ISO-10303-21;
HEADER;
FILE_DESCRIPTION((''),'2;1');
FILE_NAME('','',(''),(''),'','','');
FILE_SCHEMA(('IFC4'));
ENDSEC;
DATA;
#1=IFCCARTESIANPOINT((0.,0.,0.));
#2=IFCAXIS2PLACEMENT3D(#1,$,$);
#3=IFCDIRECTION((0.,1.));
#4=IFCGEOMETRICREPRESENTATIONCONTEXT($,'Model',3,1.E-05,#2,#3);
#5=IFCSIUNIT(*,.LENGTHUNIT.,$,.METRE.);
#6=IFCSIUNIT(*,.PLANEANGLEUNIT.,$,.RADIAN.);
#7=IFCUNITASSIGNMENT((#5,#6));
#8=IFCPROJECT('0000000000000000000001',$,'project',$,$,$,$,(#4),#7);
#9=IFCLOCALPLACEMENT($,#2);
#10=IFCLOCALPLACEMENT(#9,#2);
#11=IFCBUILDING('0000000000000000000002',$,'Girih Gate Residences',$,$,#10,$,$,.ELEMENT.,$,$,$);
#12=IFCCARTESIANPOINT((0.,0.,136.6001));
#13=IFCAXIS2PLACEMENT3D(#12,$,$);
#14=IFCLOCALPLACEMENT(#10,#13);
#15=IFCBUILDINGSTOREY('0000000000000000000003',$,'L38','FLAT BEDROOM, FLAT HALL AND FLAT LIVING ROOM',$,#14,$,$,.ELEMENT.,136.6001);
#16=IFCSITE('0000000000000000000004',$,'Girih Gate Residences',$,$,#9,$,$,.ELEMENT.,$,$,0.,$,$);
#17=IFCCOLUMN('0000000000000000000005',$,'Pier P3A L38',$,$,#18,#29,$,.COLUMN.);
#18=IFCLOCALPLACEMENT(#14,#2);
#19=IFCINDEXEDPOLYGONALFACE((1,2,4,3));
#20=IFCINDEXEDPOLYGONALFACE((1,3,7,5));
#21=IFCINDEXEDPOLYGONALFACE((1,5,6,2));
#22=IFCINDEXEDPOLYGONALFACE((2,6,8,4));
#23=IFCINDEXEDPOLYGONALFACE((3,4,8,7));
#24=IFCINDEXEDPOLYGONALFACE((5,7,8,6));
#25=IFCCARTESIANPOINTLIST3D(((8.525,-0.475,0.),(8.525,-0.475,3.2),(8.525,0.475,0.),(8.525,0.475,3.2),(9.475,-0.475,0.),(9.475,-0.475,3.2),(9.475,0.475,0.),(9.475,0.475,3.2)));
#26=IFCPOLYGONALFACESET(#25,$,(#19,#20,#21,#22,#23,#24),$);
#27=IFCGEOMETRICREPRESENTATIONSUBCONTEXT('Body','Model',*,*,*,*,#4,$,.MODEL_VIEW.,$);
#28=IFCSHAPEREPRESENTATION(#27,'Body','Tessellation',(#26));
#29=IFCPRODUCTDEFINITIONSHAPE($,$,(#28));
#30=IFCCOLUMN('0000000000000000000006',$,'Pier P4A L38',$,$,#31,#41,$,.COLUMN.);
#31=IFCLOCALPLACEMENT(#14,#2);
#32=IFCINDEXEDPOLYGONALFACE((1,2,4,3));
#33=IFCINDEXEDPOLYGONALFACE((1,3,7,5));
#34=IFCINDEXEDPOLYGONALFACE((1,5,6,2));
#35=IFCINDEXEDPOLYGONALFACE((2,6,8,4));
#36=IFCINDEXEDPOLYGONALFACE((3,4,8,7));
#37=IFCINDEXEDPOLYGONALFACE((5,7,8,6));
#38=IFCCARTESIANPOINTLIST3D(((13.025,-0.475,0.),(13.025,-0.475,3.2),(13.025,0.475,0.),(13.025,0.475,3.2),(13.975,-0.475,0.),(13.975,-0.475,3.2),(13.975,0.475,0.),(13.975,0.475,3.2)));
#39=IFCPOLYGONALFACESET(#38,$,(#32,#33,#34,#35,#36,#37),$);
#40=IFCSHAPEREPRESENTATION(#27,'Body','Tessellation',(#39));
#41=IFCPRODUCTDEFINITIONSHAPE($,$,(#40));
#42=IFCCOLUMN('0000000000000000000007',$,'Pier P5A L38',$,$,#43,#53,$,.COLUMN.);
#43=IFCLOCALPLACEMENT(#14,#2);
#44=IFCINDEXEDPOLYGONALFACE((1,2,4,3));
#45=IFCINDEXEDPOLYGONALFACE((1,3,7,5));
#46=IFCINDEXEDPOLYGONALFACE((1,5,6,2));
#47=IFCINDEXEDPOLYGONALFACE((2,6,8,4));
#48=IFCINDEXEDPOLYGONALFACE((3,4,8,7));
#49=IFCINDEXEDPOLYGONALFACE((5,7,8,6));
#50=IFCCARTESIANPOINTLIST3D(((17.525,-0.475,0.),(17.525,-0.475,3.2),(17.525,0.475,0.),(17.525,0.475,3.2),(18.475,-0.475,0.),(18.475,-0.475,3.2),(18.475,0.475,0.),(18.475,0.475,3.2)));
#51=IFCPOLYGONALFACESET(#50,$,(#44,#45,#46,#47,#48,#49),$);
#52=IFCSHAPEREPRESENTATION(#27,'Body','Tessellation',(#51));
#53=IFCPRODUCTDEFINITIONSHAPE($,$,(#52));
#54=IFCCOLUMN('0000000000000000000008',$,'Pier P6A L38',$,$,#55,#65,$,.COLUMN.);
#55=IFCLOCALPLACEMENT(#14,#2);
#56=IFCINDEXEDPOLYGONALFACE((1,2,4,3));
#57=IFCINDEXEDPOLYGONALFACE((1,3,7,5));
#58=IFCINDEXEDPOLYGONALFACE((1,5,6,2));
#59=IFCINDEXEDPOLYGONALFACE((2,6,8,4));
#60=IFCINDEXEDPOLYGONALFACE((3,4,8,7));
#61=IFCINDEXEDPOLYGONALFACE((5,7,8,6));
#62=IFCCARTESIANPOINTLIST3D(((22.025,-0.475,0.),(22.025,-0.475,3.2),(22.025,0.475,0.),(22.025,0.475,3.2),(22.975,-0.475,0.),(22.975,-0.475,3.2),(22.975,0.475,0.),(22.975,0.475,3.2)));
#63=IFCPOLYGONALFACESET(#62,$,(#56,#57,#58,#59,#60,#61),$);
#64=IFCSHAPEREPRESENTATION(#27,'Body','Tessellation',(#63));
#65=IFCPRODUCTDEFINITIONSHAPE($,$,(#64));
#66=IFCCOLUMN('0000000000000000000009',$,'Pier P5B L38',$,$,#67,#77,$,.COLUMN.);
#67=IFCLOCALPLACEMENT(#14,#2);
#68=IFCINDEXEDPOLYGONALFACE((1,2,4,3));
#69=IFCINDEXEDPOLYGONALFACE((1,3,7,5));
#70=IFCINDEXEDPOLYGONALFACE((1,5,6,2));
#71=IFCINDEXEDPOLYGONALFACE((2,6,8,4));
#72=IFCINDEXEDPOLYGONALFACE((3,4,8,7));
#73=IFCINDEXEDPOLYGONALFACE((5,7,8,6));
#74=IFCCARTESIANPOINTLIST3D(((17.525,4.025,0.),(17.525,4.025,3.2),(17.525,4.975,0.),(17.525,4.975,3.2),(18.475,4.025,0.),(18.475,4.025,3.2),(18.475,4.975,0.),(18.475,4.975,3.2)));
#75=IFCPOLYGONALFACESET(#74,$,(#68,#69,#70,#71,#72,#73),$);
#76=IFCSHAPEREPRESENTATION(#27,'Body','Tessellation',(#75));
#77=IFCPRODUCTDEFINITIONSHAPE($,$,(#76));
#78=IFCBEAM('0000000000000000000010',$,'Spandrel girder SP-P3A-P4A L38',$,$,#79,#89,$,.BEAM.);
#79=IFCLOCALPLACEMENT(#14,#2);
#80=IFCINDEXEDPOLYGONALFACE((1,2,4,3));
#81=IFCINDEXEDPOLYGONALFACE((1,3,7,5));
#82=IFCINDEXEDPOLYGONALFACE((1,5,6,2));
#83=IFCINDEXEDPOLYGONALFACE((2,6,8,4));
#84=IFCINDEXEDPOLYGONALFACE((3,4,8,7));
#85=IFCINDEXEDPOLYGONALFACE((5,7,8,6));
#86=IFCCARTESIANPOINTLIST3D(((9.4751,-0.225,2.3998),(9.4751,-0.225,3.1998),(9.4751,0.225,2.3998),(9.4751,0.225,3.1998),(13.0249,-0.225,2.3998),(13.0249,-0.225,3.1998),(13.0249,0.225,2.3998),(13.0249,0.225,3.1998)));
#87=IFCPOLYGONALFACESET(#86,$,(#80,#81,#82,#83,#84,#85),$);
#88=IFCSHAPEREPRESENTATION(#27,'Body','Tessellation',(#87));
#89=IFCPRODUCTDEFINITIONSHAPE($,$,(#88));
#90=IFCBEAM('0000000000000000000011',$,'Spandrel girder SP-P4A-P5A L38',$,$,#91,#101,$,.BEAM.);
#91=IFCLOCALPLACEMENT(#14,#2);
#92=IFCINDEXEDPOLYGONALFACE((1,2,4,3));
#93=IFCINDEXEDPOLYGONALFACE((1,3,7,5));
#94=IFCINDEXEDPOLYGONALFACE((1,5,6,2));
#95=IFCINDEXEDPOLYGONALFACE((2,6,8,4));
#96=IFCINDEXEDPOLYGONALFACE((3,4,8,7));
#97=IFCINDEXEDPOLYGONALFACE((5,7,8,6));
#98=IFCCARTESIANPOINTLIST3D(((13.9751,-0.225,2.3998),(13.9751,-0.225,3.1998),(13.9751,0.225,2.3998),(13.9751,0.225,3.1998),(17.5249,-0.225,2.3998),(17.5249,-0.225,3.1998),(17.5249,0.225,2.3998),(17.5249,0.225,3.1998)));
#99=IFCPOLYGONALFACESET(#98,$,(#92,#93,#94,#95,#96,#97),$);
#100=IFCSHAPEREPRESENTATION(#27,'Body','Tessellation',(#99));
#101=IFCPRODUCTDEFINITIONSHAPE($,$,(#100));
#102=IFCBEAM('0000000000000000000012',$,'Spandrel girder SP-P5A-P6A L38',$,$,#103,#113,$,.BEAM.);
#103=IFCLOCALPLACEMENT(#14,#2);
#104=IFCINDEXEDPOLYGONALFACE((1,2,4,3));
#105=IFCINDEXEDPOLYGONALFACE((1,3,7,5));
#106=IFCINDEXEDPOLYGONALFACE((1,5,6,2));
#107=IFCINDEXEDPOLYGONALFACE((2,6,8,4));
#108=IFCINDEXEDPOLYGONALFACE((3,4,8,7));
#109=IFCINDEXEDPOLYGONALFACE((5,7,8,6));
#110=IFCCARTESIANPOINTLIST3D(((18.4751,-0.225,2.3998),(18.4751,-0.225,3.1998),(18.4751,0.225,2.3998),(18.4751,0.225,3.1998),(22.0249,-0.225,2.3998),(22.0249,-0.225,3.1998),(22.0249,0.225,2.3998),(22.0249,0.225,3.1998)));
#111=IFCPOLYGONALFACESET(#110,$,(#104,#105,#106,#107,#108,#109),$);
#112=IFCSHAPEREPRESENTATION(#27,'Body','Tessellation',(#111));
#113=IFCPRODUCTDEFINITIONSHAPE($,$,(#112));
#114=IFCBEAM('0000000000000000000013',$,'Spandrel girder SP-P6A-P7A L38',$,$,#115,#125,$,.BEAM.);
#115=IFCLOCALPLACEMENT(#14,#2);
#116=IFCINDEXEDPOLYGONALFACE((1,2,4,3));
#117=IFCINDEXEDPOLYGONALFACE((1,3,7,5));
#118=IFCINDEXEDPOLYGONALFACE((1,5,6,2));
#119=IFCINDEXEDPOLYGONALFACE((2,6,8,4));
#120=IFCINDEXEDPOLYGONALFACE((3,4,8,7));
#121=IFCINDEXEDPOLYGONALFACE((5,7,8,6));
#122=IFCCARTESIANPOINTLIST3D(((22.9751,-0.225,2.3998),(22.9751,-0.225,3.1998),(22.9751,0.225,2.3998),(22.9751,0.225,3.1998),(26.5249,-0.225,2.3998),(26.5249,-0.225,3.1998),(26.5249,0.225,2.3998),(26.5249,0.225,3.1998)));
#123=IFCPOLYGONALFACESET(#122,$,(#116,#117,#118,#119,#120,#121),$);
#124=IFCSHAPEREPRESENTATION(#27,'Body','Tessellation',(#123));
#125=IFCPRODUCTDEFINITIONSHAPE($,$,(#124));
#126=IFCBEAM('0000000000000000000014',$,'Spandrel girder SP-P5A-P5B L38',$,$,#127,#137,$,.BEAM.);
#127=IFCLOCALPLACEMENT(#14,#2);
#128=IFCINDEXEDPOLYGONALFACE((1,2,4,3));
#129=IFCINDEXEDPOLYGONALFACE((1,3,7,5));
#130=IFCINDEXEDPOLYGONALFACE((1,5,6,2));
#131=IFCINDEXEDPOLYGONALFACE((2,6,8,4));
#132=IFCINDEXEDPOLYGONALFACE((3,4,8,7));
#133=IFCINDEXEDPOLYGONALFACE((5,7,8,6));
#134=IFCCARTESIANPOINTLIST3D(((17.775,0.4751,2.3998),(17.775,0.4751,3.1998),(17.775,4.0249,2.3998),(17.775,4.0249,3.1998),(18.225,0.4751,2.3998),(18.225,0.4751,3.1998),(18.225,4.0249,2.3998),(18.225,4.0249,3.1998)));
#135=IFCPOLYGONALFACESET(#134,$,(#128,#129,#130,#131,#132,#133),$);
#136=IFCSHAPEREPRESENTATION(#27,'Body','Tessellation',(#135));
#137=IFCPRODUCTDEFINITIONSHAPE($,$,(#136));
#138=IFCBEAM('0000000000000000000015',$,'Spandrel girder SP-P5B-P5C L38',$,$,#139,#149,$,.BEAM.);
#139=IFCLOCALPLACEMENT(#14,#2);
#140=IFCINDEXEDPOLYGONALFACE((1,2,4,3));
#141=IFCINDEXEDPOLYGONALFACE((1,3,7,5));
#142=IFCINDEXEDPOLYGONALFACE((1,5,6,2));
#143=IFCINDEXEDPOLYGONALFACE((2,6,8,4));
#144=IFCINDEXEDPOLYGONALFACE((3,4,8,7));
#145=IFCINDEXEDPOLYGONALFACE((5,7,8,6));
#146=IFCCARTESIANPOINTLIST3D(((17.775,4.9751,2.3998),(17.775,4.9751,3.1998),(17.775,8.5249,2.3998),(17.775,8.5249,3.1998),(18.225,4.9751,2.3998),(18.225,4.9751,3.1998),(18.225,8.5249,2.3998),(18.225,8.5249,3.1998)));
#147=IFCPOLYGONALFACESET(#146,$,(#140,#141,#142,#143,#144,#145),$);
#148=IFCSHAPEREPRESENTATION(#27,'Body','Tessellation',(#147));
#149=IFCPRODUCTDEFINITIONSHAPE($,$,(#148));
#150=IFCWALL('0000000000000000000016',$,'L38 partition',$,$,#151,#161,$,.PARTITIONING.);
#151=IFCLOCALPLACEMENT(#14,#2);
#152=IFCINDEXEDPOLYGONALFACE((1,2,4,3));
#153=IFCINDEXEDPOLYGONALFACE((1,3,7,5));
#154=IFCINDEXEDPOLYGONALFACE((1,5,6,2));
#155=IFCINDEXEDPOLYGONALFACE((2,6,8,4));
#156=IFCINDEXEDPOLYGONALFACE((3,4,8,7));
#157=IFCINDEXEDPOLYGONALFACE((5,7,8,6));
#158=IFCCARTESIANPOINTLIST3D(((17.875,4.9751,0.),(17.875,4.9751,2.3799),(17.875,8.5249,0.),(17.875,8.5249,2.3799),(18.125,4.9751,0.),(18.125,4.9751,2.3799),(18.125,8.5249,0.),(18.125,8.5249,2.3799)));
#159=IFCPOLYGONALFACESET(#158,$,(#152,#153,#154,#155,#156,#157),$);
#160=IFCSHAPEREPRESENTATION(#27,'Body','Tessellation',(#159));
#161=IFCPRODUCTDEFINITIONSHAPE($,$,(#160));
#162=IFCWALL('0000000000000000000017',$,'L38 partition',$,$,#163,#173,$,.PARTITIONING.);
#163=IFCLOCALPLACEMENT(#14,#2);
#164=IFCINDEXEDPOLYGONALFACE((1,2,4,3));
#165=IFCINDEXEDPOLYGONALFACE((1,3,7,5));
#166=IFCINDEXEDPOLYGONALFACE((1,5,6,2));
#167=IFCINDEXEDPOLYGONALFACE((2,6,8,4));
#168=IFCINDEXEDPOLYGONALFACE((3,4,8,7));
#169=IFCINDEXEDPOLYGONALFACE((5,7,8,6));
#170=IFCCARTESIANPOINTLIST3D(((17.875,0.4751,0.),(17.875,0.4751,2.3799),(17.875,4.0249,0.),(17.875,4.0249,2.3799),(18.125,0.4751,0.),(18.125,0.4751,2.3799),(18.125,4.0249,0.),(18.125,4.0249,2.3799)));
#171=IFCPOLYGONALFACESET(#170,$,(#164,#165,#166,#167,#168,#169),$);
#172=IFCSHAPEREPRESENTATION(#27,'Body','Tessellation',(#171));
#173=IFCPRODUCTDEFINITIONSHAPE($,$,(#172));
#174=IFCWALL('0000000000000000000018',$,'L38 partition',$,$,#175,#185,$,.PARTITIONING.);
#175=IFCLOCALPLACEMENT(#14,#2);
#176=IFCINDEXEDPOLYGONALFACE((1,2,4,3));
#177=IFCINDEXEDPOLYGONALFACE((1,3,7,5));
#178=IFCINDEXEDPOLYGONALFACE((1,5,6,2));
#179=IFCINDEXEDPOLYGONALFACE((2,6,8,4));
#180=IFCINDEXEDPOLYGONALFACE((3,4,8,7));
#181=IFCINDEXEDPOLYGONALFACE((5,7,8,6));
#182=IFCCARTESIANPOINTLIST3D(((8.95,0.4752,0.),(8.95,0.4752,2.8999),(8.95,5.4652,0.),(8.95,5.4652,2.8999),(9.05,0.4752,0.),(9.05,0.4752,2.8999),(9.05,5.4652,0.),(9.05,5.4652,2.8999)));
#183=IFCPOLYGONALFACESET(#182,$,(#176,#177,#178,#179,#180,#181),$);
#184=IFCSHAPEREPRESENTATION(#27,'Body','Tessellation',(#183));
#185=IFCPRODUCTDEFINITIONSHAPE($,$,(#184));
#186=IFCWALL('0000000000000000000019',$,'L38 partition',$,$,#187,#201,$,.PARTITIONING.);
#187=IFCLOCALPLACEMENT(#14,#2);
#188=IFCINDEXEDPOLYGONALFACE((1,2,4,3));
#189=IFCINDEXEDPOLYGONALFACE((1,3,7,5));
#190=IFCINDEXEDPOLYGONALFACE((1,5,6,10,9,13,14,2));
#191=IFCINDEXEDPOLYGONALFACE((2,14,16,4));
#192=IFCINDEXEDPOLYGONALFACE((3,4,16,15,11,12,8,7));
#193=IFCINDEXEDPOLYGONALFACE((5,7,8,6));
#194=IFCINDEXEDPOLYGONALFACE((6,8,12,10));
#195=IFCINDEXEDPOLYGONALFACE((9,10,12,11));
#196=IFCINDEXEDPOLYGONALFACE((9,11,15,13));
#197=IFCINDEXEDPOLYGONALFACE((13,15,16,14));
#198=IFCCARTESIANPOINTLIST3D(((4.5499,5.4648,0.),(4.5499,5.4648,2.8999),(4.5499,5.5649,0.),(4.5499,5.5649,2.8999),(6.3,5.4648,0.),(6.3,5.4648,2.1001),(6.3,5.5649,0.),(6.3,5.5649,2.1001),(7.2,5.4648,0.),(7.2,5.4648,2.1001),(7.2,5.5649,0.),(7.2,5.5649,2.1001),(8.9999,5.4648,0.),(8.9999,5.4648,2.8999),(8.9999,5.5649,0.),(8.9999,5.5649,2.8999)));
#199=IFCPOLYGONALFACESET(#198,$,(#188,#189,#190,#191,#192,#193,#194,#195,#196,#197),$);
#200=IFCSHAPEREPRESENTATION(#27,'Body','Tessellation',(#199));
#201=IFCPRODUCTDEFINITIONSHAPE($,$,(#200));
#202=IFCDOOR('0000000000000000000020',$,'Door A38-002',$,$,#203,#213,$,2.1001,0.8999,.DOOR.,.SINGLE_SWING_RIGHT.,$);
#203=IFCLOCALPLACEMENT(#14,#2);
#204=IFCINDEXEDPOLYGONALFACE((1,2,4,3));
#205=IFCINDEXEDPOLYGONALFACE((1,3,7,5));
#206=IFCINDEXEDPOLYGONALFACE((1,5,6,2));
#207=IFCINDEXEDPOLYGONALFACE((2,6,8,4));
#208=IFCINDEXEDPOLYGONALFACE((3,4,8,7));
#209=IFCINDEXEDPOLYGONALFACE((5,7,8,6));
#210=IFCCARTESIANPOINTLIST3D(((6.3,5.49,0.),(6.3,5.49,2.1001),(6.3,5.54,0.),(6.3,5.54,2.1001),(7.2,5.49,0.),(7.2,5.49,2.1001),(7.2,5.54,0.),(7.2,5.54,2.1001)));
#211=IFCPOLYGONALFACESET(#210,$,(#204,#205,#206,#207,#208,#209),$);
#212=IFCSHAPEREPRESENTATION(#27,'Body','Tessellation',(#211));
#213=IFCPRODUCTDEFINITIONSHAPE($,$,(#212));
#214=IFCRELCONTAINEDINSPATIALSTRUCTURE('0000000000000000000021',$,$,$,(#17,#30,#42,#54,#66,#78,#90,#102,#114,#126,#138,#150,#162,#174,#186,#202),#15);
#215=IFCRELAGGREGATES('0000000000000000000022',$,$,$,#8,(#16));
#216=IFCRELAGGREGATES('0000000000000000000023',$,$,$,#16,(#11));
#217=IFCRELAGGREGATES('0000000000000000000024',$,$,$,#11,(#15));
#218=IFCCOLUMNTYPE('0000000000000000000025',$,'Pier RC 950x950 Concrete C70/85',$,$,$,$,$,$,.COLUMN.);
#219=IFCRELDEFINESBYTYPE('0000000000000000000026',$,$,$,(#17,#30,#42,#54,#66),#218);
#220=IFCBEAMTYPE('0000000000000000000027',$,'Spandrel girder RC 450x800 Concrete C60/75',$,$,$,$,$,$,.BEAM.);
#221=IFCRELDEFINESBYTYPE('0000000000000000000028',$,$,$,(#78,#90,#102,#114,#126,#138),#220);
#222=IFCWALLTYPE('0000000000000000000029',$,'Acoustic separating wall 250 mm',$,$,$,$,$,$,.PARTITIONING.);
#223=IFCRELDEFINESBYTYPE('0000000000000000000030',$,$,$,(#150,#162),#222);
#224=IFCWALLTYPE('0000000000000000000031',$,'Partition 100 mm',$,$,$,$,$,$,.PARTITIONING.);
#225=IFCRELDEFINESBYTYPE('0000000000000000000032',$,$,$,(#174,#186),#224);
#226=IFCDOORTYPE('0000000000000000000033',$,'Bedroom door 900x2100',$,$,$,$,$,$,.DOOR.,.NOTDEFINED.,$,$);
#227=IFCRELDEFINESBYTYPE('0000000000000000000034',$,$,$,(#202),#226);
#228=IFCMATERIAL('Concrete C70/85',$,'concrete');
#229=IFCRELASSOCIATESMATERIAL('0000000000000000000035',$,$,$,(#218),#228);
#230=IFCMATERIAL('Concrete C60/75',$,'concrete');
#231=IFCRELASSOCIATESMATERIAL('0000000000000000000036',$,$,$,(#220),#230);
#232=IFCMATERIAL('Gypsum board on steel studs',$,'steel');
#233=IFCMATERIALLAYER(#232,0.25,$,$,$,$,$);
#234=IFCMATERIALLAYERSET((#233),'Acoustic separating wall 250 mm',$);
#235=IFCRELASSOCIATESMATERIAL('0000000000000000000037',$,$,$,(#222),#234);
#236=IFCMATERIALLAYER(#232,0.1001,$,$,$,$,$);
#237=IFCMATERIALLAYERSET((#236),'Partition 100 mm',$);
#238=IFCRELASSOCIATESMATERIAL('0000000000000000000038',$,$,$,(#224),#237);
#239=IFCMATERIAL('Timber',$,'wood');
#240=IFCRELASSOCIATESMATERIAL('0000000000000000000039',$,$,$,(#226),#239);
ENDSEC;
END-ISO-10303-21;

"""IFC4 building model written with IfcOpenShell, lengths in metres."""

from ifc_helpers import new_model, si_unit, direction, frame, frame_2d, origin, origin_2d, place, context, subcontext, project, spatial, rectangle, extrude, material, layer, layer_set, material_profile, profile_set, type_object, element, fill, save


model = new_model("IFC4")

# Units and contexts
model_context = context("Model", 3, precision=1e-05, world=origin(), true_north=direction((0.0, 1.0)))
body_context = subcontext(model_context, "Body", "Model", "MODEL_VIEW")
ifc_project = project(units=[si_unit("LENGTHUNIT", "METRE"), si_unit("PLANEANGLEUNIT", "RADIAN")], contexts=[model_context])

# Site, building, storey
site_placement = place(None, origin())
site = spatial("IfcSite", under=ifc_project, at=site_placement, Name="Girih Gate Residences", CompositionType="ELEMENT", RefElevation=0.0)
building_placement = place(site_placement, origin())
building = spatial("IfcBuilding", under=site, at=building_placement, Name="Girih Gate Residences", CompositionType="ELEMENT")
storey_placement = place(building_placement, frame((0.0, 0.0, 136.6001)))
storey = spatial("IfcBuildingStorey", under=building, at=storey_placement, Name="L38", Description="FLAT BEDROOM, FLAT HALL AND FLAT LIVING ROOM", CompositionType="ELEMENT", Elevation=136.6001)

# Columns
ifc_material_1 = material(Name="Concrete C70/85", Category="concrete")
ifc_material_profile_1 = material_profile(ifc_material_1, rectangle(XDim=0.95, YDim=0.95, at=origin_2d()))
ifc_profile_set_1 = profile_set([ifc_material_profile_1], Name="Concrete C70/85")
column_type = type_object("IfcColumnType", Name="Pier RC 950x950 Concrete C70/85", PredefinedType="COLUMN", material=ifc_profile_set_1)
for number, where, z_axis, x_axis, name in (
    (1, (9.0, 0.0, 0.0), (0.0, 0.0, 1.0), (1.0, 0.0, 0.0), "Pier P3A L38"),
    (2, (13.5, 0.0, 0.0), (0.0, 0.0, 1.0), (1.0, 0.0, 0.0), "Pier P4A L38"),
    (3, (18.0, 0.0, 0.0), (0.0, 0.0, 1.0), (1.0, 0.0, 0.0), "Pier P5A L38"),
    (4, (22.5, 0.0, 0.0), (0.0, 0.0, 1.0), (1.0, 0.0, 0.0), "Pier P6A L38"),
    (5, (18.0, 4.5, 0.0), (0.0, 0.0, 1.0), (1.0, 0.0, 0.0), "Pier P5B L38"),
):
    element("IfcColumn", number, at=place(storey_placement, frame(where, z_axis=z_axis, x_axis=x_axis)), inside=storey, type_object=column_type, Name=name, PredefinedType="COLUMN", context=body_context, shape_type="SweptSolid", body=[
        extrude(rectangle(XDim=0.95, YDim=0.95, at=origin_2d()), origin(), (0.0, 0.0, 1.0), 3.2),
    ])

# Beams
ifc_material_2 = material(Name="Concrete C60/75", Category="concrete")
ifc_material_profile_2 = material_profile(ifc_material_2, rectangle(XDim=0.45, YDim=0.8, at=origin_2d()))
ifc_profile_set_2 = profile_set([ifc_material_profile_2], Name="Concrete C60/75")
beam_type = type_object("IfcBeamType", Name="Spandrel girder RC 450x800 Concrete C60/75", PredefinedType="BEAM", material=ifc_profile_set_2)
for number, where, z_axis, x_axis, name in (
    (6, (9.4751, 0.0, 2.7998), (1.0, 0.0, 0.0), (0.0, 1.0, 0.0), "Spandrel girder SP-P3A-P4A L38"),
    (7, (13.9751, 0.0, 2.7998), (1.0, 0.0, 0.0), (0.0, 1.0, 0.0), "Spandrel girder SP-P4A-P5A L38"),
    (8, (18.4751, 0.0, 2.7998), (1.0, 0.0, 0.0), (0.0, 1.0, 0.0), "Spandrel girder SP-P5A-P6A L38"),
    (9, (22.9751, 0.0, 2.7998), (1.0, 0.0, 0.0), (0.0, 1.0, 0.0), "Spandrel girder SP-P6A-P7A L38"),
    (10, (18.0, 0.4751, 2.7998), (0.0, 1.0, 0.0), (-1.0, 0.0, 0.0), "Spandrel girder SP-P5A-P5B L38"),
    (11, (18.0, 4.9751, 2.7998), (0.0, 1.0, 0.0), (-1.0, 0.0, 0.0), "Spandrel girder SP-P5B-P5C L38"),
):
    element("IfcBeam", number, at=place(storey_placement, frame(where, z_axis=z_axis, x_axis=x_axis)), inside=storey, type_object=beam_type, Name=name, PredefinedType="BEAM", context=body_context, shape_type="SweptSolid", body=[
        extrude(rectangle(XDim=0.45, YDim=0.8, at=origin_2d()), origin(), (0.0, 0.0, 1.0), 3.5498),
    ])

# Walls
ifc_material_3 = material(Name="Gypsum board on steel studs", Category="steel")
ifc_layer_1 = layer(ifc_material_3, 0.25)
ifc_layer_set_1 = layer_set([ifc_layer_1], Name="Acoustic separating wall 250 mm")
wall_type_1 = type_object("IfcWallType", Name="Acoustic separating wall 250 mm", PredefinedType="PARTITIONING", material=ifc_layer_set_1)
for number, where, z_axis, x_axis, name in (
    (12, (18.0, 4.9751, 0.0), (0.0, 0.0, 1.0), (0.0, 1.0, 0.0), "L38 partition"),
    (13, (18.0, 0.4751, 0.0), (0.0, 0.0, 1.0), (0.0, 1.0, 0.0), "L38 partition"),
):
    element("IfcWall", number, at=place(storey_placement, frame(where, z_axis=z_axis, x_axis=x_axis)), inside=storey, type_object=wall_type_1, Name=name, PredefinedType="PARTITIONING", context=body_context, shape_type="SweptSolid", body=[
        extrude(rectangle(XDim=3.5498, YDim=0.25, at=frame_2d((1.7749, 0.0))), origin(), (0.0, 0.0, 1.0), 2.3799),
    ])
ifc_layer_2 = layer(ifc_material_3, 0.1001)
ifc_layer_set_2 = layer_set([ifc_layer_2], Name="Partition 100 mm")
wall_type_2 = type_object("IfcWallType", Name="Partition 100 mm", PredefinedType="PARTITIONING", material=ifc_layer_set_2)
wall_1_placement = place(storey_placement, frame((9.0, 0.4751, 0.0), z_axis=(0.0, 0.0, 1.0), x_axis=(0.0, 1.0, 0.0)))
element("IfcWall", 14, at=wall_1_placement, inside=storey, type_object=wall_type_2, Name="L38 partition", PredefinedType="PARTITIONING", context=body_context, shape_type="SweptSolid", body=[
    extrude(rectangle(XDim=4.99, YDim=0.1001, at=frame_2d((2.4951, 0.0))), origin(), (0.0, 0.0, 1.0), 2.8999),
])

# Wall, opening, door
wall_2_placement = place(storey_placement, frame((9.0, 5.5149, 0.0), z_axis=(0.0, 0.0, 1.0), x_axis=(-1.0, 0.0, 0.0)))
wall_2 = element("IfcWall", 15, at=wall_2_placement, inside=storey, type_object=wall_type_2, Name="L38 partition", PredefinedType="PARTITIONING", context=body_context, shape_type="SweptSolid", body=[
    extrude(rectangle(XDim=4.45, YDim=0.1001, at=frame_2d((2.2251, 0.0))), origin(), (0.0, 0.0, 1.0), 2.8999),
])
opening_1_placement = place(wall_2_placement, frame((1.8, 0.0, 0.0)))
opening_1 = element("IfcOpeningElement", 16, at=opening_1_placement, cuts=wall_2, PredefinedType="OPENING", context=body_context, shape_type="SweptSolid", body=[
    extrude(rectangle(XDim=0.8999, YDim=2.1001, at=frame_2d((0.45, 1.05))), frame((0.0, 0.0601, 0.0), z_axis=(0.0, -1.0, 0.0), x_axis=(1.0, 0.0, 0.0)), (0.0, 0.0, 1.0), 0.1201),
])
ifc_material_4 = material(Name="Timber", Category="wood")
door_type_1 = type_object("IfcDoorType", Name="Bedroom door 900x2100", OperationType="NOTDEFINED", PredefinedType="DOOR", material=ifc_material_4)
door_1_placement = place(opening_1_placement, origin())
door_1 = element("IfcDoor", 17, at=door_1_placement, inside=storey, type_object=door_type_1, Name="Door A38-002", OperationType="SINGLE_SWING_RIGHT", OverallHeight=2.1001, OverallWidth=0.8999, PredefinedType="DOOR", context=body_context, shape_type="SweptSolid", body=[
    extrude(rectangle(XDim=0.8999, YDim=2.1001, at=frame_2d((0.45, 1.05))), frame((0.0, 0.0249, 0.0), z_axis=(0.0, -1.0, 0.0), x_axis=(1.0, 0.0, 0.0)), (0.0, 0.0, 1.0), 0.05),
])
fill(opening_1, door_1)

save(model, "model.ifc")
